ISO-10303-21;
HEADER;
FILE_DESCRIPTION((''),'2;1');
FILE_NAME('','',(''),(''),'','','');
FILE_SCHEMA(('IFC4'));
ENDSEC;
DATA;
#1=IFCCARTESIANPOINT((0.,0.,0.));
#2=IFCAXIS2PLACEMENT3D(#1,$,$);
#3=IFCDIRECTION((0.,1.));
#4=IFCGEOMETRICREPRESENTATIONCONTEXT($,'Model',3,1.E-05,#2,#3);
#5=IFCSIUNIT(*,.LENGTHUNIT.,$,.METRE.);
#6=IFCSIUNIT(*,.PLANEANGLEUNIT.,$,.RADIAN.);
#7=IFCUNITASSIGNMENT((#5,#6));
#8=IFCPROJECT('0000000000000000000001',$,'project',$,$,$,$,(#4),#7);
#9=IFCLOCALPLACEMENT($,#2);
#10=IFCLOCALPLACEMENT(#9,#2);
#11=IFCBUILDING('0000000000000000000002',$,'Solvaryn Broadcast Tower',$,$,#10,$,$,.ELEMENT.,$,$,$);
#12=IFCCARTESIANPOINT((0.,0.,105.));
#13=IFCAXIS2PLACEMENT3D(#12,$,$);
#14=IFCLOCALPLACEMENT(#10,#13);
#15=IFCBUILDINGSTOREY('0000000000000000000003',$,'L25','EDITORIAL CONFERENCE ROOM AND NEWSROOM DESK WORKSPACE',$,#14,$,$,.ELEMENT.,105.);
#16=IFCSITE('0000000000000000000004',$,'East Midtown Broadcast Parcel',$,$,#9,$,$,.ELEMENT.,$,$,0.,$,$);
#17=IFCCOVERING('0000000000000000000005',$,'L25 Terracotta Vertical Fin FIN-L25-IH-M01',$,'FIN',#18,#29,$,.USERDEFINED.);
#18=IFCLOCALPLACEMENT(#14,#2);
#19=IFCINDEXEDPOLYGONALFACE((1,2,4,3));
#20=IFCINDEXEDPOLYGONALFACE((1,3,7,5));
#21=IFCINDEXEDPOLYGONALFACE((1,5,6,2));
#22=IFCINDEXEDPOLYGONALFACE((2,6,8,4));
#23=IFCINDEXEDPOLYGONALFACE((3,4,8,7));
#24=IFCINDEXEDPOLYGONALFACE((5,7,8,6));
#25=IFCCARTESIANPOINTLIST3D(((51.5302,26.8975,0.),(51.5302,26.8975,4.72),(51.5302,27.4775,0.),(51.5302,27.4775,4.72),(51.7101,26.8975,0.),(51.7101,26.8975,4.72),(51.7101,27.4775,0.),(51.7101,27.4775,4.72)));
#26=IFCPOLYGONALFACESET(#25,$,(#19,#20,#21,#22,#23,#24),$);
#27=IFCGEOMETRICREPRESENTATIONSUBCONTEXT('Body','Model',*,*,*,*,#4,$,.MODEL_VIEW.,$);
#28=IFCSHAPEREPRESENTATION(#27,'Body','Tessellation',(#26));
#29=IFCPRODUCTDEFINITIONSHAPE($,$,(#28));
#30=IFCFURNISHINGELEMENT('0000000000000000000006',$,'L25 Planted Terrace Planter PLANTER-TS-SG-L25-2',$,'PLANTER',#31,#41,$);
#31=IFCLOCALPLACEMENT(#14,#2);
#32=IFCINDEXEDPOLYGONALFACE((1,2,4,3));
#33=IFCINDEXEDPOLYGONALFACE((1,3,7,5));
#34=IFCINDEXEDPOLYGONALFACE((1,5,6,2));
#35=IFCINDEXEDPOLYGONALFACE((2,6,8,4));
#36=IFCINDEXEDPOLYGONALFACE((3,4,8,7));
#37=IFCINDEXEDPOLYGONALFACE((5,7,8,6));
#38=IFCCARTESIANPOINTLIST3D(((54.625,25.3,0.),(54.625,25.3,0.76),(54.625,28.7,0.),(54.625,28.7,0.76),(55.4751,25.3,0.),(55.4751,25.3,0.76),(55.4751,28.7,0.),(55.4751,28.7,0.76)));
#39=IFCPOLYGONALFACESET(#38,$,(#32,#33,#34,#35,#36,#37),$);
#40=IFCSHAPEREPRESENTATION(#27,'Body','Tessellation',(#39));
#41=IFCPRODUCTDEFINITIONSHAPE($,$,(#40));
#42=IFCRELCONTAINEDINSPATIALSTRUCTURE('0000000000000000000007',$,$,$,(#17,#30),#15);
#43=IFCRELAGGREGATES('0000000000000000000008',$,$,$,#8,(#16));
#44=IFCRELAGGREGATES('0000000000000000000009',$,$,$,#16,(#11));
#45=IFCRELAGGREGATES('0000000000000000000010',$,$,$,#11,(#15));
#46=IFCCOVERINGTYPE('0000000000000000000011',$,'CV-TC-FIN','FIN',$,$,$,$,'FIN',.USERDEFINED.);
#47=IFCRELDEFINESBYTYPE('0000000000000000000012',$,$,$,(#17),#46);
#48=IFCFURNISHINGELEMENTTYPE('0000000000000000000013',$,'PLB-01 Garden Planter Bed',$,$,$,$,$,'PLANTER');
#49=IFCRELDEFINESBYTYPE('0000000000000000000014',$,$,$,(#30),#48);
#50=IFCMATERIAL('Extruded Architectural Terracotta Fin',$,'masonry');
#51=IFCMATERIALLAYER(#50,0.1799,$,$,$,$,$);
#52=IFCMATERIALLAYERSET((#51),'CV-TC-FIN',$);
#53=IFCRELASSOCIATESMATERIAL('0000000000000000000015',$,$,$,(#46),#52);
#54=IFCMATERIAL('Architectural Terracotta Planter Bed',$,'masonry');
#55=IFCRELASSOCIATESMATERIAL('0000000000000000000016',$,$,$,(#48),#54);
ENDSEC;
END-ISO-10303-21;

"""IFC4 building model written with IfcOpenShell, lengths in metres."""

from ifc_helpers import new_model, si_unit, direction, frame, origin, origin_2d, place, context, subcontext, project, spatial, rectangle, extrude, material, layer, layer_set, type_object, element, save


model = new_model("IFC4")

# Units and contexts
model_context = context("Model", 3, precision=1e-05, world=origin(), true_north=direction((0.0, 1.0)))
body_context = subcontext(model_context, "Body", "Model", "MODEL_VIEW")
ifc_project = project(units=[si_unit("LENGTHUNIT", "METRE"), si_unit("PLANEANGLEUNIT", "RADIAN")], contexts=[model_context])

# Site, building, storey
site_placement = place(None, origin())
site = spatial("IfcSite", under=ifc_project, at=site_placement, Name="East Midtown Broadcast Parcel", CompositionType="ELEMENT", RefElevation=0.0)
building_placement = place(site_placement, origin())
building = spatial("IfcBuilding", under=site, at=building_placement, Name="Solvaryn Broadcast Tower", CompositionType="ELEMENT")
storey_placement = place(building_placement, frame((0.0, 0.0, 105.0)))
storey = spatial("IfcBuildingStorey", under=building, at=storey_placement, Name="L25", Description="EDITORIAL CONFERENCE ROOM AND NEWSROOM DESK WORKSPACE", CompositionType="ELEMENT", Elevation=105.0)

# Covering
ifc_material_1 = material(Name="Extruded Architectural Terracotta Fin", Category="masonry")
ifc_layer_1 = layer(ifc_material_1, 0.1799)
ifc_layer_set_1 = layer_set([ifc_layer_1], Name="CV-TC-FIN")
covering_type_1 = type_object("IfcCoveringType", Name="CV-TC-FIN", Description="FIN", ElementType="FIN", PredefinedType="USERDEFINED", material=ifc_layer_set_1)
for number, where, z_axis, x_axis, name in (
    (1, (51.6201, 27.1875, 0.0), (0.0, 0.0, 1.0), (1.0, 0.0, 0.0), "L25 Terracotta Vertical Fin FIN-L25-IH-M01"),
):
    element("IfcCovering", number, at=place(storey_placement, frame(where, z_axis=z_axis, x_axis=x_axis)), inside=storey, type_object=covering_type_1, Name=name, ObjectType="FIN", PredefinedType="USERDEFINED", context=body_context, shape_type="SweptSolid", body=[
        extrude(rectangle(XDim=0.1799, YDim=0.5801, at=origin_2d()), origin(), (0.0, 0.0, 1.0), 4.72),
    ])

# Furnishing element
ifc_material_2 = material(Name="Architectural Terracotta Planter Bed", Category="masonry")
furnishing_element_type = type_object("IfcFurnishingElementType", Name="PLB-01 Garden Planter Bed", ElementType="PLANTER", material=ifc_material_2)
furnishing_placement = place(storey_placement, frame((55.05, 27.0, 0.0), z_axis=(0.0, 0.0, 1.0), x_axis=(1.0, 0.0, 0.0)))
element("IfcFurnishingElement", 2, at=furnishing_placement, inside=storey, type_object=furnishing_element_type, Name="L25 Planted Terrace Planter PLANTER-TS-SG-L25-2", ObjectType="PLANTER", context=body_context, shape_type="SweptSolid", body=[
    extrude(rectangle(XDim=0.8501, YDim=3.3999, at=origin_2d()), origin(), (0.0, 0.0, 1.0), 0.76),
])

save(model, "model.ifc")
